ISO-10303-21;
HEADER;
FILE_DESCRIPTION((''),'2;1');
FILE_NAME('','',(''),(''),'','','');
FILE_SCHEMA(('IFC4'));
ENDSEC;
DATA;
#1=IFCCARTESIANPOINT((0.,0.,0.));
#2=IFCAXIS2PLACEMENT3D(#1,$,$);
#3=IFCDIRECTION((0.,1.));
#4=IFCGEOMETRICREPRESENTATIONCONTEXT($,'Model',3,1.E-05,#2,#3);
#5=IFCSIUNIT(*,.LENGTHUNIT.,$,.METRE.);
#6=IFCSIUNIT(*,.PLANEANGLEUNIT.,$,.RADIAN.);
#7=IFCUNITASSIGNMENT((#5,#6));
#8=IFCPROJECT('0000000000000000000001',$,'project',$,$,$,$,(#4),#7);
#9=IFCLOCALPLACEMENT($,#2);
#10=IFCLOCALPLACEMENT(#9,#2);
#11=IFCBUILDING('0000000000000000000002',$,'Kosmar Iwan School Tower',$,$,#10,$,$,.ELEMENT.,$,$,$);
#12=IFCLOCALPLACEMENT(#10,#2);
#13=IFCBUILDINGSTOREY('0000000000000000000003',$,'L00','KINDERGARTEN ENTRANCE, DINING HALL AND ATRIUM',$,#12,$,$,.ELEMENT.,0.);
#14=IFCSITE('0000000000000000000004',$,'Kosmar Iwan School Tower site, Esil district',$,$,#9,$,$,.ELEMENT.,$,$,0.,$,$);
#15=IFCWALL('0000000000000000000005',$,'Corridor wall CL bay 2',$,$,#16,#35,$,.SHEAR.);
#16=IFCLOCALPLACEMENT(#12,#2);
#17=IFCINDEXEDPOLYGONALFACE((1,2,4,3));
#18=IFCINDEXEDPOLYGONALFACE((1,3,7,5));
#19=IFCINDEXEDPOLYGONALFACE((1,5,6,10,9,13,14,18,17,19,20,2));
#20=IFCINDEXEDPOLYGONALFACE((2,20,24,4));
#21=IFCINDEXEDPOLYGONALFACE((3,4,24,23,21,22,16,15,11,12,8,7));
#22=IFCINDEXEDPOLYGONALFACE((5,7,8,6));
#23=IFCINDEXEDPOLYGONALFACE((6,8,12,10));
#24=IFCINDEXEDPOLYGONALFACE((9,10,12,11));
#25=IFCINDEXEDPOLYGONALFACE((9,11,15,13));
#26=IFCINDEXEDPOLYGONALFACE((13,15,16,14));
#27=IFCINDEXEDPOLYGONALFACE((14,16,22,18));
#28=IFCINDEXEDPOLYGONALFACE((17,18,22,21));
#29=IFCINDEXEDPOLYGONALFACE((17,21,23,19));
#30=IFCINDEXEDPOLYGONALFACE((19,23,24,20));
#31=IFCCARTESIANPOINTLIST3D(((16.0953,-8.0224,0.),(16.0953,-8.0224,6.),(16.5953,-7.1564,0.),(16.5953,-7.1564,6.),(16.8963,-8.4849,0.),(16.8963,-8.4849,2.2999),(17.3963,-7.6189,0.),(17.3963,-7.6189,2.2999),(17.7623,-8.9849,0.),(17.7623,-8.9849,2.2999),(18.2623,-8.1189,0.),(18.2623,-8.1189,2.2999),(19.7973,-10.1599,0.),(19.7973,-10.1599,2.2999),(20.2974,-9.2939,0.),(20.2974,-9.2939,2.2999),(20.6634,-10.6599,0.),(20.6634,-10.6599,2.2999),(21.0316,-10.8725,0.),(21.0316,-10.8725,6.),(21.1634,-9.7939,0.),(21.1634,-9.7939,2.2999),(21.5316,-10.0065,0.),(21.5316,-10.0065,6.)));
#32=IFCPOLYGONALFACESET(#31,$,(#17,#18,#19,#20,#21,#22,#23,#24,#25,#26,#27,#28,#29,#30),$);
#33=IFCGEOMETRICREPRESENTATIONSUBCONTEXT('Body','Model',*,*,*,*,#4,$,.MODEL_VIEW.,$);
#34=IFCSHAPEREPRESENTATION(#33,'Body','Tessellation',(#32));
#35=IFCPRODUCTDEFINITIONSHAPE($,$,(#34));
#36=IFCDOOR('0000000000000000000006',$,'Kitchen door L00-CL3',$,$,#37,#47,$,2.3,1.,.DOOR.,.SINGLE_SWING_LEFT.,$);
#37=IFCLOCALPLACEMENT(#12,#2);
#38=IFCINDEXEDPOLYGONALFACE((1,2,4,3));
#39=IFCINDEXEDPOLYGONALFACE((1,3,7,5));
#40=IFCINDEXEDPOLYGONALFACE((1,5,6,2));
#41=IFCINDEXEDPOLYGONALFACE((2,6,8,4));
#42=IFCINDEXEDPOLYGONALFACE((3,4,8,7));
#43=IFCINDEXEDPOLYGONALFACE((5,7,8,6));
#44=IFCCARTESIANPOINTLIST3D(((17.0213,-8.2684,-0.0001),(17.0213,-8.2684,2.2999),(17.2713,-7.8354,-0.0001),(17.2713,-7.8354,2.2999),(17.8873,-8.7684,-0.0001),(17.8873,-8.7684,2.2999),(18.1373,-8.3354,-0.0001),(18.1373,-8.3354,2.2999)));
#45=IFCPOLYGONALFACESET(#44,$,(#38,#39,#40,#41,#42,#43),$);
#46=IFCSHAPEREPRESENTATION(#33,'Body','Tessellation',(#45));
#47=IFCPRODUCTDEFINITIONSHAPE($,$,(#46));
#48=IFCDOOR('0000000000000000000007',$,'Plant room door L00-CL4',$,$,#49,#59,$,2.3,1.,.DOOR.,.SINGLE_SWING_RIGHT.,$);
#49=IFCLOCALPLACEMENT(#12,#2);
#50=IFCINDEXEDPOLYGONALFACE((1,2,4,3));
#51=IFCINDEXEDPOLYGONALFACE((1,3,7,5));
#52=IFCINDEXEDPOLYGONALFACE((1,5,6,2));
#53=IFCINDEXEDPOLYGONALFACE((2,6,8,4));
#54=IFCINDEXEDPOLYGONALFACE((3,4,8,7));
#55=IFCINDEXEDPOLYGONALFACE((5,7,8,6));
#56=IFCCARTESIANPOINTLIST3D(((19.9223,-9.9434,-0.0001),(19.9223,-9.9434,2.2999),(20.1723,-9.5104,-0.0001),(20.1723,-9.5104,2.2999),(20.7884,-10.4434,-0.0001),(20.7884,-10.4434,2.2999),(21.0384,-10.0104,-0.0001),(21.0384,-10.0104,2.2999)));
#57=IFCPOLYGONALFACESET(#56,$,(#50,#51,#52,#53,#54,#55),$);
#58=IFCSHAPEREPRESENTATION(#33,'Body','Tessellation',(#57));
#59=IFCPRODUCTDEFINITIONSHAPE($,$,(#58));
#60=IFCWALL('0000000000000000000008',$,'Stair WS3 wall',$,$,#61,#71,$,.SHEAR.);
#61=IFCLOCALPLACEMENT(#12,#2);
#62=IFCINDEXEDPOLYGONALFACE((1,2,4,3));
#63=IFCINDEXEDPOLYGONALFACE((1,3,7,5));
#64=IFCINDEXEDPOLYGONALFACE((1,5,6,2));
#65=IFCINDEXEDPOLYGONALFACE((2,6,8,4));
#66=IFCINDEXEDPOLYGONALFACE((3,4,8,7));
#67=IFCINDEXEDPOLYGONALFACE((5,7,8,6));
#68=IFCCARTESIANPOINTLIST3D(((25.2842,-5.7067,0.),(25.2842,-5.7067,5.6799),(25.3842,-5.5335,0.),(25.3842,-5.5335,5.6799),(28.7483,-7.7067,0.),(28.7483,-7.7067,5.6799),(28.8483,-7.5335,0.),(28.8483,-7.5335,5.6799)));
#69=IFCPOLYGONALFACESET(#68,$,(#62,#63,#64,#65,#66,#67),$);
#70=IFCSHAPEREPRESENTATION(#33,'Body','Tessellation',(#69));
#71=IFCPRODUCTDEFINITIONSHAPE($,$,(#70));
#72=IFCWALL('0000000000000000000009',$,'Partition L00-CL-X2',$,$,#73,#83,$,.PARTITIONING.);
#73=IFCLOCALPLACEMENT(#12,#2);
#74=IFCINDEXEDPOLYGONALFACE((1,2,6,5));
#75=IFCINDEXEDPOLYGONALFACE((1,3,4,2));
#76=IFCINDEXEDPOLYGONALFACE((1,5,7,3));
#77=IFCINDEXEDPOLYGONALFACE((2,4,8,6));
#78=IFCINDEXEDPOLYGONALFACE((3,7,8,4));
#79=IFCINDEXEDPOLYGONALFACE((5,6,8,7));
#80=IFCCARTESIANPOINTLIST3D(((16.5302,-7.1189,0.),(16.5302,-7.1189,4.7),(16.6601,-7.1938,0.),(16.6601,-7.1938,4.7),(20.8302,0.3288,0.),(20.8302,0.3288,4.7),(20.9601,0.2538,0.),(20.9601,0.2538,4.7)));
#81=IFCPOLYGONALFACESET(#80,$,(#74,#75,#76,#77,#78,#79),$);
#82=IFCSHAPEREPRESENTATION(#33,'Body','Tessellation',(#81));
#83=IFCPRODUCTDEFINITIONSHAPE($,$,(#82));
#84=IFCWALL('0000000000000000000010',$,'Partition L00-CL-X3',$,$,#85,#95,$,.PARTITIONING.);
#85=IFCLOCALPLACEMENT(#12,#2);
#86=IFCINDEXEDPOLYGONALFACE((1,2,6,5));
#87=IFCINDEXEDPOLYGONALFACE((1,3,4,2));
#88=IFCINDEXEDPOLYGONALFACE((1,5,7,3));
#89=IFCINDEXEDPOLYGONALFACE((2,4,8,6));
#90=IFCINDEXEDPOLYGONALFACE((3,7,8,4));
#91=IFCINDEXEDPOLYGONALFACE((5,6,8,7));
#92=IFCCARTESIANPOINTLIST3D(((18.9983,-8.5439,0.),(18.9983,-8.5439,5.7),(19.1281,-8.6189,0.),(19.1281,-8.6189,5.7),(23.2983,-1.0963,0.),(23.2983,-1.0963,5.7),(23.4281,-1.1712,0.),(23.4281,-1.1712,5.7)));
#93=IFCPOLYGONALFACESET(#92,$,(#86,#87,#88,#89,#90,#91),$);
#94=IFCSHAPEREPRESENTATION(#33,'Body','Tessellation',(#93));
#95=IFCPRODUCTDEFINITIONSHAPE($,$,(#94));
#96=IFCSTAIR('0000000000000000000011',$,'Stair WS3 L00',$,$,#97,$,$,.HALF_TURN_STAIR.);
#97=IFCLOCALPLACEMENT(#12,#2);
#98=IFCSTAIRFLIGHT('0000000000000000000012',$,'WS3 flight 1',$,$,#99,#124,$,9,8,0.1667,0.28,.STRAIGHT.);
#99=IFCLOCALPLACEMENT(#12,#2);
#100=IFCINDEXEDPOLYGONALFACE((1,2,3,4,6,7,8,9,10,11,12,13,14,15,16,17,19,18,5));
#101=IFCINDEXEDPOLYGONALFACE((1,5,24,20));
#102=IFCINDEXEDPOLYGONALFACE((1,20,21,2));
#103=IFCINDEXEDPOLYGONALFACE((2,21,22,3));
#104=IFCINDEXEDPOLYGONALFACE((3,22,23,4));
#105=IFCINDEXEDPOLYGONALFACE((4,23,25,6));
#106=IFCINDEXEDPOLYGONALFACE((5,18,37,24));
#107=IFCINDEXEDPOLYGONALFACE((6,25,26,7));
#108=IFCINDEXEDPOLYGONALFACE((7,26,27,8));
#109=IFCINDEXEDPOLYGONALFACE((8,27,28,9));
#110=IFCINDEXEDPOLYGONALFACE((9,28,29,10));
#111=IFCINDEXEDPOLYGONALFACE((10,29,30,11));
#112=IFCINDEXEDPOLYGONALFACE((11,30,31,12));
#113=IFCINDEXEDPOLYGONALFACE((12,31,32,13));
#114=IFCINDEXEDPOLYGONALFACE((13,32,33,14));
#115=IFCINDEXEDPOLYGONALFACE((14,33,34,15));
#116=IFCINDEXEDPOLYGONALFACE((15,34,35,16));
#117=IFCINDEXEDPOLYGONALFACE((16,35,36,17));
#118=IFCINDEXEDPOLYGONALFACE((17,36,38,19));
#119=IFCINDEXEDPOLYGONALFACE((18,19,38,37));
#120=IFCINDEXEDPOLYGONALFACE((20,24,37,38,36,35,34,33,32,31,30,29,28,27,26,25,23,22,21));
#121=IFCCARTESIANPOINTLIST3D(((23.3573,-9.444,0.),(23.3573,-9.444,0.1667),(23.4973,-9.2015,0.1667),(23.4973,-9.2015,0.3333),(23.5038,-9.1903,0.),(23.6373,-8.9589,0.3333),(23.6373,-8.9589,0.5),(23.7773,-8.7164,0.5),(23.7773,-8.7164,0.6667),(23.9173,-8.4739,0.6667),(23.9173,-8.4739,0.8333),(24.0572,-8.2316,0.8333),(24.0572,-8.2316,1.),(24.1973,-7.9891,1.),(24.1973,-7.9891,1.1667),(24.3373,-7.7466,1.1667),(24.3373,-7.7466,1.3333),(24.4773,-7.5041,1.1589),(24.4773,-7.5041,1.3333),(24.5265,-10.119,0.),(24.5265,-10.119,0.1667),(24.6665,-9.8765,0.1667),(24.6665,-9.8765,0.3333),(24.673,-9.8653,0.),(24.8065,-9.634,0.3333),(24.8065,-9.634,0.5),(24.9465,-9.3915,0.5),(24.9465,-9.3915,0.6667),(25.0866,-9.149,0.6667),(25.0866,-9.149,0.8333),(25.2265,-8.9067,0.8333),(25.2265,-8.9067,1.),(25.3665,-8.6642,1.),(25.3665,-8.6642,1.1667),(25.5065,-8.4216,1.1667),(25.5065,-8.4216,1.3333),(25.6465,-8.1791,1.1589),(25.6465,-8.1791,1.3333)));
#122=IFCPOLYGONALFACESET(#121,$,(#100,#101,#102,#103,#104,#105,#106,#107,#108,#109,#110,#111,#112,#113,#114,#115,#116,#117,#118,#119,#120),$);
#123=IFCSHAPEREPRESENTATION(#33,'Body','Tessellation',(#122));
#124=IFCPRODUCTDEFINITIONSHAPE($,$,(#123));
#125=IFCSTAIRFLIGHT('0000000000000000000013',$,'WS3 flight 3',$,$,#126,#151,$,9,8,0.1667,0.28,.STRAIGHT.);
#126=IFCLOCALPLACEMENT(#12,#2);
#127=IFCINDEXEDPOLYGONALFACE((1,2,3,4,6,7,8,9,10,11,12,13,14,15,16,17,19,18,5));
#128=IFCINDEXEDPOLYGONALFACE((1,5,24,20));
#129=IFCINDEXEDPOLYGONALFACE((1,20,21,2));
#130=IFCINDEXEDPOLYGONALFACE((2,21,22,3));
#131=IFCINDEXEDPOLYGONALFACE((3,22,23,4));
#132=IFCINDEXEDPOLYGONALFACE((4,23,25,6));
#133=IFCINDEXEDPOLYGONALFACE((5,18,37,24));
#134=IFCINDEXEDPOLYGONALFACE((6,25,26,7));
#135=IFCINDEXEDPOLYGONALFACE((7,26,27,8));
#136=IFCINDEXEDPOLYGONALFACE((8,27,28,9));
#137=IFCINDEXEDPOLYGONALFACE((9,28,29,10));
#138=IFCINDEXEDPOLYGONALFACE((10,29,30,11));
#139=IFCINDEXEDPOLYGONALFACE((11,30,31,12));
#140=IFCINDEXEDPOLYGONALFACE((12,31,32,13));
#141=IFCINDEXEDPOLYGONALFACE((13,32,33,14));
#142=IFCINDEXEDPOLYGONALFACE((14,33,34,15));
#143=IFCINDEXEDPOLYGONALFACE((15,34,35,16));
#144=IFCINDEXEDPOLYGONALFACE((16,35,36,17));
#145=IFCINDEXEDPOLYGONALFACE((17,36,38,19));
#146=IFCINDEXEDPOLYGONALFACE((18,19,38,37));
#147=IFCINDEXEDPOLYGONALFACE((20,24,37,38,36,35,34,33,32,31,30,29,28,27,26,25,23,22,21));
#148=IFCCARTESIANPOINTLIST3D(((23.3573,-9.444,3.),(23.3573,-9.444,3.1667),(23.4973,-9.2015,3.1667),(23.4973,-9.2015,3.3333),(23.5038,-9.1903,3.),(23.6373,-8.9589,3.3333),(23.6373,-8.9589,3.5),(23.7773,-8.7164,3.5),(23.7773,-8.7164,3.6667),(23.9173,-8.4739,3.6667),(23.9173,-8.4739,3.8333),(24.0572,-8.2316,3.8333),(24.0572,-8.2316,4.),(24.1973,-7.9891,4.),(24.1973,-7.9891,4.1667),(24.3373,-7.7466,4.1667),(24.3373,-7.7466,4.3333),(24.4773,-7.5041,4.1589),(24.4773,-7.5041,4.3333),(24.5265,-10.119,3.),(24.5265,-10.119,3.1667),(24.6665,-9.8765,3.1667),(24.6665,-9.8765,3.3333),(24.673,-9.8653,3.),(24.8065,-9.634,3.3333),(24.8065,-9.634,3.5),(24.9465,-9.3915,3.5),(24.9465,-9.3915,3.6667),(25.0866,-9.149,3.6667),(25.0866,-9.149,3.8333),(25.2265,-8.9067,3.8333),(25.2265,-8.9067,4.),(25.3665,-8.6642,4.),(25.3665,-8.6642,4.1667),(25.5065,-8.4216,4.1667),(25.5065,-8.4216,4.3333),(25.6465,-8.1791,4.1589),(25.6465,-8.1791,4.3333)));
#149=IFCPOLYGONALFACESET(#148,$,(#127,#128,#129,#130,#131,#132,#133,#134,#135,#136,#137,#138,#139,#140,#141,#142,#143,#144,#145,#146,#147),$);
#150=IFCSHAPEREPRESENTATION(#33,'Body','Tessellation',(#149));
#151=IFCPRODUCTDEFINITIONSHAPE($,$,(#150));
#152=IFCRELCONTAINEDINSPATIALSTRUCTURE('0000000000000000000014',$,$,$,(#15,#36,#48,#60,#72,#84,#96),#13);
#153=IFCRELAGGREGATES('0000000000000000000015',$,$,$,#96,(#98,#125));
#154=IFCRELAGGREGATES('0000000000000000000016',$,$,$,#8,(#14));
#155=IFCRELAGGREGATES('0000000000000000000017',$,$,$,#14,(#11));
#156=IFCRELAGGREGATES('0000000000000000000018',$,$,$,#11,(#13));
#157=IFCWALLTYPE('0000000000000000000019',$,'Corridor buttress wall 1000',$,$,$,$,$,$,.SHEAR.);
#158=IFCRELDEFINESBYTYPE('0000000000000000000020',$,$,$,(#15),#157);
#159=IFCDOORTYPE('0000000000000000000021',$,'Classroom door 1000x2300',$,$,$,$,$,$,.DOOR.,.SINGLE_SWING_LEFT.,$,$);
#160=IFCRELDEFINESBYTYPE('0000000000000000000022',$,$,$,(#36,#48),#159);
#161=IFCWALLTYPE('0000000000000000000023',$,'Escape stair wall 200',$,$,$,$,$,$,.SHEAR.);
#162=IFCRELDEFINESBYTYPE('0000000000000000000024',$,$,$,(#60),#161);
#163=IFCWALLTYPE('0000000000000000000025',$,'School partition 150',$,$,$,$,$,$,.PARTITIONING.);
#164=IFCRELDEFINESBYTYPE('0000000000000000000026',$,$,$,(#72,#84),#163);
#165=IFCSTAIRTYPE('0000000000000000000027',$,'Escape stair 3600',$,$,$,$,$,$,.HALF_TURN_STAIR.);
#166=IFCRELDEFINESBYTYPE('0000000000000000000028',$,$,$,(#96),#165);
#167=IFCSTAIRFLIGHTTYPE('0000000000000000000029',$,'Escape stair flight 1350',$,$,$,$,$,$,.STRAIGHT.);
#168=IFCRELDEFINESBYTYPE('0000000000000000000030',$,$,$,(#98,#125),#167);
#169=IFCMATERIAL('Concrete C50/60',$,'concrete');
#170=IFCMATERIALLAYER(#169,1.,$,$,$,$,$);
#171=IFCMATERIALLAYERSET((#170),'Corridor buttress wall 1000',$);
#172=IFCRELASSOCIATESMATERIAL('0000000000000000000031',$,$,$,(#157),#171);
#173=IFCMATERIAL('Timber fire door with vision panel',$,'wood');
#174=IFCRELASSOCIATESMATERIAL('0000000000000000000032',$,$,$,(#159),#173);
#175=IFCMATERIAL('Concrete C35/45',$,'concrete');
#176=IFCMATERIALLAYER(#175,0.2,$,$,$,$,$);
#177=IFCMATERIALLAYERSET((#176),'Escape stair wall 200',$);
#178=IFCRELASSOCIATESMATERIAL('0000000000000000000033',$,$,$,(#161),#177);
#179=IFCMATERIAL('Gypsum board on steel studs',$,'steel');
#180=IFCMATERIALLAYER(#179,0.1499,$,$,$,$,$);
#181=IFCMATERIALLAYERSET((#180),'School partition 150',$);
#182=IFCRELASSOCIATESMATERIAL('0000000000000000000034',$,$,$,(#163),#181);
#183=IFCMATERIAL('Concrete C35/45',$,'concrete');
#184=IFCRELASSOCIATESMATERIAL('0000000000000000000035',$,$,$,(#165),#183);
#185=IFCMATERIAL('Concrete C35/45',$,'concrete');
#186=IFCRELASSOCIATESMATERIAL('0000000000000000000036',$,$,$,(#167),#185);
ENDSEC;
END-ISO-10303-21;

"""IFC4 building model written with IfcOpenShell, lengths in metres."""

from ifc_helpers import new_model, si_unit, direction, frame, frame_2d, origin, place, context, subcontext, project, spatial, polyline, rectangle, outline, extrude, material, layer, layer_set, type_object, element, fill, aggregate, save


model = new_model("IFC4")

# Units and contexts
model_context = context("Model", 3, precision=1e-05, world=origin(), true_north=direction((0.0, 1.0)))
body_context = subcontext(model_context, "Body", "Model", "MODEL_VIEW")
ifc_project = project(units=[si_unit("LENGTHUNIT", "METRE"), si_unit("PLANEANGLEUNIT", "RADIAN")], contexts=[model_context])

# Site, building, storey
site_placement = place(None, origin())
site = spatial("IfcSite", under=ifc_project, at=site_placement, Name="Kosmar Iwan School Tower site, Esil district", CompositionType="ELEMENT", RefElevation=0.0)
building_placement = place(site_placement, origin())
building = spatial("IfcBuilding", under=site, at=building_placement, Name="Kosmar Iwan School Tower", CompositionType="ELEMENT")
storey_placement = place(building_placement, origin())
storey = spatial("IfcBuildingStorey", under=building, at=storey_placement, Name="L00", Description="KINDERGARTEN ENTRANCE, DINING HALL AND ATRIUM", CompositionType="ELEMENT", Elevation=0.0)

# Wall, openings, doors
ifc_material_1 = material(Name="Concrete C50/60", Category="concrete")
ifc_layer_1 = layer(ifc_material_1, 1.0)
ifc_layer_set_1 = layer_set([ifc_layer_1], Name="Corridor buttress wall 1000")
wall_type_1 = type_object("IfcWallType", Name="Corridor buttress wall 1000", PredefinedType="SHEAR", material=ifc_layer_set_1)
wall_1_placement = place(storey_placement, frame((16.3452, -7.5894, 0.0), z_axis=(0.0, 0.0, 1.0), x_axis=(0.866015, -0.500018, 0.0)))
wall_1 = element("IfcWall", 1, at=wall_1_placement, inside=storey, type_object=wall_type_1, Name="Corridor wall CL bay 2", PredefinedType="SHEAR", context=body_context, shape_type="SweptSolid", body=[
    extrude(rectangle(XDim=5.7, YDim=1.0, at=frame_2d((2.8501, 0.0))), origin(), (0.0, 0.0, 1.0), 6.0),
])
opening_1_placement = place(wall_1_placement, frame((0.925, 0.0, 0.0)))
opening_1 = element("IfcOpeningElement", 2, at=opening_1_placement, cuts=wall_1, PredefinedType="OPENING", context=body_context, shape_type="SweptSolid", body=[
    extrude(rectangle(XDim=1.0, YDim=2.3, at=frame_2d((0.5, 1.1499))), frame((0.0, 0.512, 0.0), z_axis=(0.0, -1.0, 0.0), x_axis=(1.0, 0.0, 0.0)), (0.0, 0.0, 1.0), 1.0239),
])
opening_2_placement = place(wall_1_placement, frame((4.2749, 0.0, 0.0)))
opening_2 = element("IfcOpeningElement", 3, at=opening_2_placement, cuts=wall_1, PredefinedType="OPENING", context=body_context, shape_type="SweptSolid", body=[
    extrude(rectangle(XDim=1.0, YDim=2.3, at=frame_2d((0.5, 1.1499))), frame((0.0, 0.512, 0.0), z_axis=(0.0, -1.0, 0.0), x_axis=(1.0, 0.0, 0.0)), (0.0, 0.0, 1.0), 1.0239),
])
ifc_material_2 = material(Name="Timber fire door with vision panel", Category="wood")
door_type = type_object("IfcDoorType", Name="Classroom door 1000x2300", OperationType="SINGLE_SWING_LEFT", PredefinedType="DOOR", material=ifc_material_2)
door_1_placement = place(opening_1_placement, origin())
door_1 = element("IfcDoor", 4, at=door_1_placement, inside=storey, type_object=door_type, Name="Kitchen door L00-CL3", OperationType="SINGLE_SWING_LEFT", OverallHeight=2.3, OverallWidth=1.0, PredefinedType="DOOR", context=body_context, shape_type="SweptSolid", body=[
    extrude(rectangle(XDim=1.0, YDim=2.3, at=frame_2d((0.5, 1.1499))), frame((0.0, 0.25, 0.0), z_axis=(0.0, -1.0, 0.0), x_axis=(1.0, 0.0, 0.0)), (0.0, 0.0, 1.0), 0.5),
])
fill(opening_1, door_1)
door_2_placement = place(opening_2_placement, origin())
door_2 = element("IfcDoor", 5, at=door_2_placement, inside=storey, type_object=door_type, Name="Plant room door L00-CL4", OperationType="SINGLE_SWING_RIGHT", OverallHeight=2.3, OverallWidth=1.0, PredefinedType="DOOR", context=body_context, shape_type="SweptSolid", body=[
    extrude(rectangle(XDim=1.0, YDim=2.3, at=frame_2d((0.5, 1.1499))), frame((0.0, 0.25, 0.0), z_axis=(0.0, -1.0, 0.0), x_axis=(1.0, 0.0, 0.0)), (0.0, 0.0, 1.0), 0.5),
])
fill(opening_2, door_2)

# Walls
ifc_material_3 = material(Name="Concrete C35/45", Category="concrete")
ifc_layer_2 = layer(ifc_material_3, 0.2)
ifc_layer_set_2 = layer_set([ifc_layer_2], Name="Escape stair wall 200")
wall_type_2 = type_object("IfcWallType", Name="Escape stair wall 200", PredefinedType="SHEAR", material=ifc_layer_set_2)
wall_2_placement = place(storey_placement, frame((25.3342, -5.6201, 0.0), z_axis=(0.0, 0.0, 1.0), x_axis=(0.866026, -0.499999, 0.0)))
element("IfcWall", 6, at=wall_2_placement, inside=storey, type_object=wall_type_2, Name="Stair WS3 wall", PredefinedType="SHEAR", context=body_context, shape_type="SweptSolid", body=[
    extrude(rectangle(XDim=4.0, YDim=0.2, at=frame_2d((2.0, 0.0))), origin(), (0.0, 0.0, 1.0), 5.6799),
])
ifc_material_4 = material(Name="Gypsum board on steel studs", Category="steel")
ifc_layer_3 = layer(ifc_material_4, 0.1499)
ifc_layer_set_3 = layer_set([ifc_layer_3], Name="School partition 150")
wall_type_3 = type_object("IfcWallType", Name="School partition 150", PredefinedType="PARTITIONING", material=ifc_layer_set_3)
wall_3_placement = place(storey_placement, frame((16.5952, -7.1562, 0.0), z_axis=(0.0, 0.0, 1.0), x_axis=(0.500008, 0.866021, 0.0)))
element("IfcWall", 7, at=wall_3_placement, inside=storey, type_object=wall_type_3, Name="Partition L00-CL-X2", PredefinedType="PARTITIONING", context=body_context, shape_type="SweptSolid", body=[
    extrude(rectangle(XDim=8.5999, YDim=0.1499, at=frame_2d((4.2998, 0.0))), origin(), (0.0, 0.0, 1.0), 4.7),
])
wall_4_placement = place(storey_placement, frame((19.0632, -8.5813, 0.0), z_axis=(0.0, 0.0, 1.0), x_axis=(0.500008, 0.866021, 0.0)))
element("IfcWall", 8, at=wall_4_placement, inside=storey, type_object=wall_type_3, Name="Partition L00-CL-X3", PredefinedType="PARTITIONING", context=body_context, shape_type="SweptSolid", body=[
    extrude(rectangle(XDim=8.5999, YDim=0.1499, at=frame_2d((4.2998, 0.0))), origin(), (0.0, 0.0, 1.0), 5.7),
])

# Stair, stair flights
ifc_material_5 = material(Name="Concrete C35/45", Category="concrete")
stair_type = type_object("IfcStairType", Name="Escape stair 3600", PredefinedType="HALF_TURN_STAIR", material=ifc_material_5)
stair_placement = place(storey_placement, origin())
stair = element("IfcStair", 9, at=stair_placement, inside=storey, type_object=stair_type, Name="Stair WS3 L00", PredefinedType="HALF_TURN_STAIR")
ifc_material_6 = material(Name="Concrete C35/45", Category="concrete")
stair_flight_type = type_object("IfcStairFlightType", Name="Escape stair flight 1350", PredefinedType="STRAIGHT", material=ifc_material_6)
stair_flight_1_placement = place(storey_placement, frame((23.9419, -9.7815, 0.0), z_axis=(0.0, 0.0, 1.0), x_axis=(0.5, 0.866025, 0.0)))
stair_flight_1 = element("IfcStairFlight", 10, at=stair_flight_1_placement, type_object=stair_flight_type, Name="WS3 flight 1", NumberOfRisers=9, NumberOfTreads=8, PredefinedType="STRAIGHT", RiserHeight=0.1667, TreadLength=0.28, context=body_context, shape_type="SweptSolid", body=[
    extrude(outline(polyline([(0.0, 0.0), (0.0, 0.1667), (0.28, 0.1667), (0.28, 0.3333), (0.5601, 0.3333), (0.5601, 0.5), (0.8401, 0.5), (0.8401, 0.6667), (1.1201, 0.6667), (1.1201, 0.8333), (1.3999, 0.8333), (1.3999, 1.0), (1.6799, 1.0), (1.6799, 1.1667), (1.96, 1.1667), (1.96, 1.3333), (2.24, 1.3333), (2.24, 1.5), (2.24, 1.1589), (0.293, 0.0), (0.0, 0.0)])), frame((0.0, 0.675, 0.0), z_axis=(0.0, -1.0, 0.0), x_axis=(1.0, 0.0, 0.0)), (0.0, 0.0, 1.0), 1.3501),
])
stair_flight_2_placement = place(storey_placement, frame((23.9419, -9.7815, 3.0), z_axis=(0.0, 0.0, 1.0), x_axis=(0.5, 0.866025, 0.0)))
stair_flight_2 = element("IfcStairFlight", 11, at=stair_flight_2_placement, type_object=stair_flight_type, Name="WS3 flight 3", NumberOfRisers=9, NumberOfTreads=8, PredefinedType="STRAIGHT", RiserHeight=0.1667, TreadLength=0.28, context=body_context, shape_type="SweptSolid", body=[
    extrude(outline(polyline([(0.0, 0.0), (0.0, 0.1667), (0.28, 0.1667), (0.28, 0.3333), (0.5601, 0.3333), (0.5601, 0.5), (0.8401, 0.5), (0.8401, 0.6667), (1.1201, 0.6667), (1.1201, 0.8333), (1.3999, 0.8333), (1.3999, 1.0), (1.6799, 1.0), (1.6799, 1.1667), (1.96, 1.1667), (1.96, 1.3333), (2.24, 1.3333), (2.24, 1.5), (2.24, 1.1589), (0.293, 0.0), (0.0, 0.0)])), frame((0.0, 0.675, 0.0), z_axis=(0.0, -1.0, 0.0), x_axis=(1.0, 0.0, 0.0)), (0.0, 0.0, 1.0), 1.3501),
])
aggregate(stair, [stair_flight_1, stair_flight_2])

save(model, "model.ifc")
